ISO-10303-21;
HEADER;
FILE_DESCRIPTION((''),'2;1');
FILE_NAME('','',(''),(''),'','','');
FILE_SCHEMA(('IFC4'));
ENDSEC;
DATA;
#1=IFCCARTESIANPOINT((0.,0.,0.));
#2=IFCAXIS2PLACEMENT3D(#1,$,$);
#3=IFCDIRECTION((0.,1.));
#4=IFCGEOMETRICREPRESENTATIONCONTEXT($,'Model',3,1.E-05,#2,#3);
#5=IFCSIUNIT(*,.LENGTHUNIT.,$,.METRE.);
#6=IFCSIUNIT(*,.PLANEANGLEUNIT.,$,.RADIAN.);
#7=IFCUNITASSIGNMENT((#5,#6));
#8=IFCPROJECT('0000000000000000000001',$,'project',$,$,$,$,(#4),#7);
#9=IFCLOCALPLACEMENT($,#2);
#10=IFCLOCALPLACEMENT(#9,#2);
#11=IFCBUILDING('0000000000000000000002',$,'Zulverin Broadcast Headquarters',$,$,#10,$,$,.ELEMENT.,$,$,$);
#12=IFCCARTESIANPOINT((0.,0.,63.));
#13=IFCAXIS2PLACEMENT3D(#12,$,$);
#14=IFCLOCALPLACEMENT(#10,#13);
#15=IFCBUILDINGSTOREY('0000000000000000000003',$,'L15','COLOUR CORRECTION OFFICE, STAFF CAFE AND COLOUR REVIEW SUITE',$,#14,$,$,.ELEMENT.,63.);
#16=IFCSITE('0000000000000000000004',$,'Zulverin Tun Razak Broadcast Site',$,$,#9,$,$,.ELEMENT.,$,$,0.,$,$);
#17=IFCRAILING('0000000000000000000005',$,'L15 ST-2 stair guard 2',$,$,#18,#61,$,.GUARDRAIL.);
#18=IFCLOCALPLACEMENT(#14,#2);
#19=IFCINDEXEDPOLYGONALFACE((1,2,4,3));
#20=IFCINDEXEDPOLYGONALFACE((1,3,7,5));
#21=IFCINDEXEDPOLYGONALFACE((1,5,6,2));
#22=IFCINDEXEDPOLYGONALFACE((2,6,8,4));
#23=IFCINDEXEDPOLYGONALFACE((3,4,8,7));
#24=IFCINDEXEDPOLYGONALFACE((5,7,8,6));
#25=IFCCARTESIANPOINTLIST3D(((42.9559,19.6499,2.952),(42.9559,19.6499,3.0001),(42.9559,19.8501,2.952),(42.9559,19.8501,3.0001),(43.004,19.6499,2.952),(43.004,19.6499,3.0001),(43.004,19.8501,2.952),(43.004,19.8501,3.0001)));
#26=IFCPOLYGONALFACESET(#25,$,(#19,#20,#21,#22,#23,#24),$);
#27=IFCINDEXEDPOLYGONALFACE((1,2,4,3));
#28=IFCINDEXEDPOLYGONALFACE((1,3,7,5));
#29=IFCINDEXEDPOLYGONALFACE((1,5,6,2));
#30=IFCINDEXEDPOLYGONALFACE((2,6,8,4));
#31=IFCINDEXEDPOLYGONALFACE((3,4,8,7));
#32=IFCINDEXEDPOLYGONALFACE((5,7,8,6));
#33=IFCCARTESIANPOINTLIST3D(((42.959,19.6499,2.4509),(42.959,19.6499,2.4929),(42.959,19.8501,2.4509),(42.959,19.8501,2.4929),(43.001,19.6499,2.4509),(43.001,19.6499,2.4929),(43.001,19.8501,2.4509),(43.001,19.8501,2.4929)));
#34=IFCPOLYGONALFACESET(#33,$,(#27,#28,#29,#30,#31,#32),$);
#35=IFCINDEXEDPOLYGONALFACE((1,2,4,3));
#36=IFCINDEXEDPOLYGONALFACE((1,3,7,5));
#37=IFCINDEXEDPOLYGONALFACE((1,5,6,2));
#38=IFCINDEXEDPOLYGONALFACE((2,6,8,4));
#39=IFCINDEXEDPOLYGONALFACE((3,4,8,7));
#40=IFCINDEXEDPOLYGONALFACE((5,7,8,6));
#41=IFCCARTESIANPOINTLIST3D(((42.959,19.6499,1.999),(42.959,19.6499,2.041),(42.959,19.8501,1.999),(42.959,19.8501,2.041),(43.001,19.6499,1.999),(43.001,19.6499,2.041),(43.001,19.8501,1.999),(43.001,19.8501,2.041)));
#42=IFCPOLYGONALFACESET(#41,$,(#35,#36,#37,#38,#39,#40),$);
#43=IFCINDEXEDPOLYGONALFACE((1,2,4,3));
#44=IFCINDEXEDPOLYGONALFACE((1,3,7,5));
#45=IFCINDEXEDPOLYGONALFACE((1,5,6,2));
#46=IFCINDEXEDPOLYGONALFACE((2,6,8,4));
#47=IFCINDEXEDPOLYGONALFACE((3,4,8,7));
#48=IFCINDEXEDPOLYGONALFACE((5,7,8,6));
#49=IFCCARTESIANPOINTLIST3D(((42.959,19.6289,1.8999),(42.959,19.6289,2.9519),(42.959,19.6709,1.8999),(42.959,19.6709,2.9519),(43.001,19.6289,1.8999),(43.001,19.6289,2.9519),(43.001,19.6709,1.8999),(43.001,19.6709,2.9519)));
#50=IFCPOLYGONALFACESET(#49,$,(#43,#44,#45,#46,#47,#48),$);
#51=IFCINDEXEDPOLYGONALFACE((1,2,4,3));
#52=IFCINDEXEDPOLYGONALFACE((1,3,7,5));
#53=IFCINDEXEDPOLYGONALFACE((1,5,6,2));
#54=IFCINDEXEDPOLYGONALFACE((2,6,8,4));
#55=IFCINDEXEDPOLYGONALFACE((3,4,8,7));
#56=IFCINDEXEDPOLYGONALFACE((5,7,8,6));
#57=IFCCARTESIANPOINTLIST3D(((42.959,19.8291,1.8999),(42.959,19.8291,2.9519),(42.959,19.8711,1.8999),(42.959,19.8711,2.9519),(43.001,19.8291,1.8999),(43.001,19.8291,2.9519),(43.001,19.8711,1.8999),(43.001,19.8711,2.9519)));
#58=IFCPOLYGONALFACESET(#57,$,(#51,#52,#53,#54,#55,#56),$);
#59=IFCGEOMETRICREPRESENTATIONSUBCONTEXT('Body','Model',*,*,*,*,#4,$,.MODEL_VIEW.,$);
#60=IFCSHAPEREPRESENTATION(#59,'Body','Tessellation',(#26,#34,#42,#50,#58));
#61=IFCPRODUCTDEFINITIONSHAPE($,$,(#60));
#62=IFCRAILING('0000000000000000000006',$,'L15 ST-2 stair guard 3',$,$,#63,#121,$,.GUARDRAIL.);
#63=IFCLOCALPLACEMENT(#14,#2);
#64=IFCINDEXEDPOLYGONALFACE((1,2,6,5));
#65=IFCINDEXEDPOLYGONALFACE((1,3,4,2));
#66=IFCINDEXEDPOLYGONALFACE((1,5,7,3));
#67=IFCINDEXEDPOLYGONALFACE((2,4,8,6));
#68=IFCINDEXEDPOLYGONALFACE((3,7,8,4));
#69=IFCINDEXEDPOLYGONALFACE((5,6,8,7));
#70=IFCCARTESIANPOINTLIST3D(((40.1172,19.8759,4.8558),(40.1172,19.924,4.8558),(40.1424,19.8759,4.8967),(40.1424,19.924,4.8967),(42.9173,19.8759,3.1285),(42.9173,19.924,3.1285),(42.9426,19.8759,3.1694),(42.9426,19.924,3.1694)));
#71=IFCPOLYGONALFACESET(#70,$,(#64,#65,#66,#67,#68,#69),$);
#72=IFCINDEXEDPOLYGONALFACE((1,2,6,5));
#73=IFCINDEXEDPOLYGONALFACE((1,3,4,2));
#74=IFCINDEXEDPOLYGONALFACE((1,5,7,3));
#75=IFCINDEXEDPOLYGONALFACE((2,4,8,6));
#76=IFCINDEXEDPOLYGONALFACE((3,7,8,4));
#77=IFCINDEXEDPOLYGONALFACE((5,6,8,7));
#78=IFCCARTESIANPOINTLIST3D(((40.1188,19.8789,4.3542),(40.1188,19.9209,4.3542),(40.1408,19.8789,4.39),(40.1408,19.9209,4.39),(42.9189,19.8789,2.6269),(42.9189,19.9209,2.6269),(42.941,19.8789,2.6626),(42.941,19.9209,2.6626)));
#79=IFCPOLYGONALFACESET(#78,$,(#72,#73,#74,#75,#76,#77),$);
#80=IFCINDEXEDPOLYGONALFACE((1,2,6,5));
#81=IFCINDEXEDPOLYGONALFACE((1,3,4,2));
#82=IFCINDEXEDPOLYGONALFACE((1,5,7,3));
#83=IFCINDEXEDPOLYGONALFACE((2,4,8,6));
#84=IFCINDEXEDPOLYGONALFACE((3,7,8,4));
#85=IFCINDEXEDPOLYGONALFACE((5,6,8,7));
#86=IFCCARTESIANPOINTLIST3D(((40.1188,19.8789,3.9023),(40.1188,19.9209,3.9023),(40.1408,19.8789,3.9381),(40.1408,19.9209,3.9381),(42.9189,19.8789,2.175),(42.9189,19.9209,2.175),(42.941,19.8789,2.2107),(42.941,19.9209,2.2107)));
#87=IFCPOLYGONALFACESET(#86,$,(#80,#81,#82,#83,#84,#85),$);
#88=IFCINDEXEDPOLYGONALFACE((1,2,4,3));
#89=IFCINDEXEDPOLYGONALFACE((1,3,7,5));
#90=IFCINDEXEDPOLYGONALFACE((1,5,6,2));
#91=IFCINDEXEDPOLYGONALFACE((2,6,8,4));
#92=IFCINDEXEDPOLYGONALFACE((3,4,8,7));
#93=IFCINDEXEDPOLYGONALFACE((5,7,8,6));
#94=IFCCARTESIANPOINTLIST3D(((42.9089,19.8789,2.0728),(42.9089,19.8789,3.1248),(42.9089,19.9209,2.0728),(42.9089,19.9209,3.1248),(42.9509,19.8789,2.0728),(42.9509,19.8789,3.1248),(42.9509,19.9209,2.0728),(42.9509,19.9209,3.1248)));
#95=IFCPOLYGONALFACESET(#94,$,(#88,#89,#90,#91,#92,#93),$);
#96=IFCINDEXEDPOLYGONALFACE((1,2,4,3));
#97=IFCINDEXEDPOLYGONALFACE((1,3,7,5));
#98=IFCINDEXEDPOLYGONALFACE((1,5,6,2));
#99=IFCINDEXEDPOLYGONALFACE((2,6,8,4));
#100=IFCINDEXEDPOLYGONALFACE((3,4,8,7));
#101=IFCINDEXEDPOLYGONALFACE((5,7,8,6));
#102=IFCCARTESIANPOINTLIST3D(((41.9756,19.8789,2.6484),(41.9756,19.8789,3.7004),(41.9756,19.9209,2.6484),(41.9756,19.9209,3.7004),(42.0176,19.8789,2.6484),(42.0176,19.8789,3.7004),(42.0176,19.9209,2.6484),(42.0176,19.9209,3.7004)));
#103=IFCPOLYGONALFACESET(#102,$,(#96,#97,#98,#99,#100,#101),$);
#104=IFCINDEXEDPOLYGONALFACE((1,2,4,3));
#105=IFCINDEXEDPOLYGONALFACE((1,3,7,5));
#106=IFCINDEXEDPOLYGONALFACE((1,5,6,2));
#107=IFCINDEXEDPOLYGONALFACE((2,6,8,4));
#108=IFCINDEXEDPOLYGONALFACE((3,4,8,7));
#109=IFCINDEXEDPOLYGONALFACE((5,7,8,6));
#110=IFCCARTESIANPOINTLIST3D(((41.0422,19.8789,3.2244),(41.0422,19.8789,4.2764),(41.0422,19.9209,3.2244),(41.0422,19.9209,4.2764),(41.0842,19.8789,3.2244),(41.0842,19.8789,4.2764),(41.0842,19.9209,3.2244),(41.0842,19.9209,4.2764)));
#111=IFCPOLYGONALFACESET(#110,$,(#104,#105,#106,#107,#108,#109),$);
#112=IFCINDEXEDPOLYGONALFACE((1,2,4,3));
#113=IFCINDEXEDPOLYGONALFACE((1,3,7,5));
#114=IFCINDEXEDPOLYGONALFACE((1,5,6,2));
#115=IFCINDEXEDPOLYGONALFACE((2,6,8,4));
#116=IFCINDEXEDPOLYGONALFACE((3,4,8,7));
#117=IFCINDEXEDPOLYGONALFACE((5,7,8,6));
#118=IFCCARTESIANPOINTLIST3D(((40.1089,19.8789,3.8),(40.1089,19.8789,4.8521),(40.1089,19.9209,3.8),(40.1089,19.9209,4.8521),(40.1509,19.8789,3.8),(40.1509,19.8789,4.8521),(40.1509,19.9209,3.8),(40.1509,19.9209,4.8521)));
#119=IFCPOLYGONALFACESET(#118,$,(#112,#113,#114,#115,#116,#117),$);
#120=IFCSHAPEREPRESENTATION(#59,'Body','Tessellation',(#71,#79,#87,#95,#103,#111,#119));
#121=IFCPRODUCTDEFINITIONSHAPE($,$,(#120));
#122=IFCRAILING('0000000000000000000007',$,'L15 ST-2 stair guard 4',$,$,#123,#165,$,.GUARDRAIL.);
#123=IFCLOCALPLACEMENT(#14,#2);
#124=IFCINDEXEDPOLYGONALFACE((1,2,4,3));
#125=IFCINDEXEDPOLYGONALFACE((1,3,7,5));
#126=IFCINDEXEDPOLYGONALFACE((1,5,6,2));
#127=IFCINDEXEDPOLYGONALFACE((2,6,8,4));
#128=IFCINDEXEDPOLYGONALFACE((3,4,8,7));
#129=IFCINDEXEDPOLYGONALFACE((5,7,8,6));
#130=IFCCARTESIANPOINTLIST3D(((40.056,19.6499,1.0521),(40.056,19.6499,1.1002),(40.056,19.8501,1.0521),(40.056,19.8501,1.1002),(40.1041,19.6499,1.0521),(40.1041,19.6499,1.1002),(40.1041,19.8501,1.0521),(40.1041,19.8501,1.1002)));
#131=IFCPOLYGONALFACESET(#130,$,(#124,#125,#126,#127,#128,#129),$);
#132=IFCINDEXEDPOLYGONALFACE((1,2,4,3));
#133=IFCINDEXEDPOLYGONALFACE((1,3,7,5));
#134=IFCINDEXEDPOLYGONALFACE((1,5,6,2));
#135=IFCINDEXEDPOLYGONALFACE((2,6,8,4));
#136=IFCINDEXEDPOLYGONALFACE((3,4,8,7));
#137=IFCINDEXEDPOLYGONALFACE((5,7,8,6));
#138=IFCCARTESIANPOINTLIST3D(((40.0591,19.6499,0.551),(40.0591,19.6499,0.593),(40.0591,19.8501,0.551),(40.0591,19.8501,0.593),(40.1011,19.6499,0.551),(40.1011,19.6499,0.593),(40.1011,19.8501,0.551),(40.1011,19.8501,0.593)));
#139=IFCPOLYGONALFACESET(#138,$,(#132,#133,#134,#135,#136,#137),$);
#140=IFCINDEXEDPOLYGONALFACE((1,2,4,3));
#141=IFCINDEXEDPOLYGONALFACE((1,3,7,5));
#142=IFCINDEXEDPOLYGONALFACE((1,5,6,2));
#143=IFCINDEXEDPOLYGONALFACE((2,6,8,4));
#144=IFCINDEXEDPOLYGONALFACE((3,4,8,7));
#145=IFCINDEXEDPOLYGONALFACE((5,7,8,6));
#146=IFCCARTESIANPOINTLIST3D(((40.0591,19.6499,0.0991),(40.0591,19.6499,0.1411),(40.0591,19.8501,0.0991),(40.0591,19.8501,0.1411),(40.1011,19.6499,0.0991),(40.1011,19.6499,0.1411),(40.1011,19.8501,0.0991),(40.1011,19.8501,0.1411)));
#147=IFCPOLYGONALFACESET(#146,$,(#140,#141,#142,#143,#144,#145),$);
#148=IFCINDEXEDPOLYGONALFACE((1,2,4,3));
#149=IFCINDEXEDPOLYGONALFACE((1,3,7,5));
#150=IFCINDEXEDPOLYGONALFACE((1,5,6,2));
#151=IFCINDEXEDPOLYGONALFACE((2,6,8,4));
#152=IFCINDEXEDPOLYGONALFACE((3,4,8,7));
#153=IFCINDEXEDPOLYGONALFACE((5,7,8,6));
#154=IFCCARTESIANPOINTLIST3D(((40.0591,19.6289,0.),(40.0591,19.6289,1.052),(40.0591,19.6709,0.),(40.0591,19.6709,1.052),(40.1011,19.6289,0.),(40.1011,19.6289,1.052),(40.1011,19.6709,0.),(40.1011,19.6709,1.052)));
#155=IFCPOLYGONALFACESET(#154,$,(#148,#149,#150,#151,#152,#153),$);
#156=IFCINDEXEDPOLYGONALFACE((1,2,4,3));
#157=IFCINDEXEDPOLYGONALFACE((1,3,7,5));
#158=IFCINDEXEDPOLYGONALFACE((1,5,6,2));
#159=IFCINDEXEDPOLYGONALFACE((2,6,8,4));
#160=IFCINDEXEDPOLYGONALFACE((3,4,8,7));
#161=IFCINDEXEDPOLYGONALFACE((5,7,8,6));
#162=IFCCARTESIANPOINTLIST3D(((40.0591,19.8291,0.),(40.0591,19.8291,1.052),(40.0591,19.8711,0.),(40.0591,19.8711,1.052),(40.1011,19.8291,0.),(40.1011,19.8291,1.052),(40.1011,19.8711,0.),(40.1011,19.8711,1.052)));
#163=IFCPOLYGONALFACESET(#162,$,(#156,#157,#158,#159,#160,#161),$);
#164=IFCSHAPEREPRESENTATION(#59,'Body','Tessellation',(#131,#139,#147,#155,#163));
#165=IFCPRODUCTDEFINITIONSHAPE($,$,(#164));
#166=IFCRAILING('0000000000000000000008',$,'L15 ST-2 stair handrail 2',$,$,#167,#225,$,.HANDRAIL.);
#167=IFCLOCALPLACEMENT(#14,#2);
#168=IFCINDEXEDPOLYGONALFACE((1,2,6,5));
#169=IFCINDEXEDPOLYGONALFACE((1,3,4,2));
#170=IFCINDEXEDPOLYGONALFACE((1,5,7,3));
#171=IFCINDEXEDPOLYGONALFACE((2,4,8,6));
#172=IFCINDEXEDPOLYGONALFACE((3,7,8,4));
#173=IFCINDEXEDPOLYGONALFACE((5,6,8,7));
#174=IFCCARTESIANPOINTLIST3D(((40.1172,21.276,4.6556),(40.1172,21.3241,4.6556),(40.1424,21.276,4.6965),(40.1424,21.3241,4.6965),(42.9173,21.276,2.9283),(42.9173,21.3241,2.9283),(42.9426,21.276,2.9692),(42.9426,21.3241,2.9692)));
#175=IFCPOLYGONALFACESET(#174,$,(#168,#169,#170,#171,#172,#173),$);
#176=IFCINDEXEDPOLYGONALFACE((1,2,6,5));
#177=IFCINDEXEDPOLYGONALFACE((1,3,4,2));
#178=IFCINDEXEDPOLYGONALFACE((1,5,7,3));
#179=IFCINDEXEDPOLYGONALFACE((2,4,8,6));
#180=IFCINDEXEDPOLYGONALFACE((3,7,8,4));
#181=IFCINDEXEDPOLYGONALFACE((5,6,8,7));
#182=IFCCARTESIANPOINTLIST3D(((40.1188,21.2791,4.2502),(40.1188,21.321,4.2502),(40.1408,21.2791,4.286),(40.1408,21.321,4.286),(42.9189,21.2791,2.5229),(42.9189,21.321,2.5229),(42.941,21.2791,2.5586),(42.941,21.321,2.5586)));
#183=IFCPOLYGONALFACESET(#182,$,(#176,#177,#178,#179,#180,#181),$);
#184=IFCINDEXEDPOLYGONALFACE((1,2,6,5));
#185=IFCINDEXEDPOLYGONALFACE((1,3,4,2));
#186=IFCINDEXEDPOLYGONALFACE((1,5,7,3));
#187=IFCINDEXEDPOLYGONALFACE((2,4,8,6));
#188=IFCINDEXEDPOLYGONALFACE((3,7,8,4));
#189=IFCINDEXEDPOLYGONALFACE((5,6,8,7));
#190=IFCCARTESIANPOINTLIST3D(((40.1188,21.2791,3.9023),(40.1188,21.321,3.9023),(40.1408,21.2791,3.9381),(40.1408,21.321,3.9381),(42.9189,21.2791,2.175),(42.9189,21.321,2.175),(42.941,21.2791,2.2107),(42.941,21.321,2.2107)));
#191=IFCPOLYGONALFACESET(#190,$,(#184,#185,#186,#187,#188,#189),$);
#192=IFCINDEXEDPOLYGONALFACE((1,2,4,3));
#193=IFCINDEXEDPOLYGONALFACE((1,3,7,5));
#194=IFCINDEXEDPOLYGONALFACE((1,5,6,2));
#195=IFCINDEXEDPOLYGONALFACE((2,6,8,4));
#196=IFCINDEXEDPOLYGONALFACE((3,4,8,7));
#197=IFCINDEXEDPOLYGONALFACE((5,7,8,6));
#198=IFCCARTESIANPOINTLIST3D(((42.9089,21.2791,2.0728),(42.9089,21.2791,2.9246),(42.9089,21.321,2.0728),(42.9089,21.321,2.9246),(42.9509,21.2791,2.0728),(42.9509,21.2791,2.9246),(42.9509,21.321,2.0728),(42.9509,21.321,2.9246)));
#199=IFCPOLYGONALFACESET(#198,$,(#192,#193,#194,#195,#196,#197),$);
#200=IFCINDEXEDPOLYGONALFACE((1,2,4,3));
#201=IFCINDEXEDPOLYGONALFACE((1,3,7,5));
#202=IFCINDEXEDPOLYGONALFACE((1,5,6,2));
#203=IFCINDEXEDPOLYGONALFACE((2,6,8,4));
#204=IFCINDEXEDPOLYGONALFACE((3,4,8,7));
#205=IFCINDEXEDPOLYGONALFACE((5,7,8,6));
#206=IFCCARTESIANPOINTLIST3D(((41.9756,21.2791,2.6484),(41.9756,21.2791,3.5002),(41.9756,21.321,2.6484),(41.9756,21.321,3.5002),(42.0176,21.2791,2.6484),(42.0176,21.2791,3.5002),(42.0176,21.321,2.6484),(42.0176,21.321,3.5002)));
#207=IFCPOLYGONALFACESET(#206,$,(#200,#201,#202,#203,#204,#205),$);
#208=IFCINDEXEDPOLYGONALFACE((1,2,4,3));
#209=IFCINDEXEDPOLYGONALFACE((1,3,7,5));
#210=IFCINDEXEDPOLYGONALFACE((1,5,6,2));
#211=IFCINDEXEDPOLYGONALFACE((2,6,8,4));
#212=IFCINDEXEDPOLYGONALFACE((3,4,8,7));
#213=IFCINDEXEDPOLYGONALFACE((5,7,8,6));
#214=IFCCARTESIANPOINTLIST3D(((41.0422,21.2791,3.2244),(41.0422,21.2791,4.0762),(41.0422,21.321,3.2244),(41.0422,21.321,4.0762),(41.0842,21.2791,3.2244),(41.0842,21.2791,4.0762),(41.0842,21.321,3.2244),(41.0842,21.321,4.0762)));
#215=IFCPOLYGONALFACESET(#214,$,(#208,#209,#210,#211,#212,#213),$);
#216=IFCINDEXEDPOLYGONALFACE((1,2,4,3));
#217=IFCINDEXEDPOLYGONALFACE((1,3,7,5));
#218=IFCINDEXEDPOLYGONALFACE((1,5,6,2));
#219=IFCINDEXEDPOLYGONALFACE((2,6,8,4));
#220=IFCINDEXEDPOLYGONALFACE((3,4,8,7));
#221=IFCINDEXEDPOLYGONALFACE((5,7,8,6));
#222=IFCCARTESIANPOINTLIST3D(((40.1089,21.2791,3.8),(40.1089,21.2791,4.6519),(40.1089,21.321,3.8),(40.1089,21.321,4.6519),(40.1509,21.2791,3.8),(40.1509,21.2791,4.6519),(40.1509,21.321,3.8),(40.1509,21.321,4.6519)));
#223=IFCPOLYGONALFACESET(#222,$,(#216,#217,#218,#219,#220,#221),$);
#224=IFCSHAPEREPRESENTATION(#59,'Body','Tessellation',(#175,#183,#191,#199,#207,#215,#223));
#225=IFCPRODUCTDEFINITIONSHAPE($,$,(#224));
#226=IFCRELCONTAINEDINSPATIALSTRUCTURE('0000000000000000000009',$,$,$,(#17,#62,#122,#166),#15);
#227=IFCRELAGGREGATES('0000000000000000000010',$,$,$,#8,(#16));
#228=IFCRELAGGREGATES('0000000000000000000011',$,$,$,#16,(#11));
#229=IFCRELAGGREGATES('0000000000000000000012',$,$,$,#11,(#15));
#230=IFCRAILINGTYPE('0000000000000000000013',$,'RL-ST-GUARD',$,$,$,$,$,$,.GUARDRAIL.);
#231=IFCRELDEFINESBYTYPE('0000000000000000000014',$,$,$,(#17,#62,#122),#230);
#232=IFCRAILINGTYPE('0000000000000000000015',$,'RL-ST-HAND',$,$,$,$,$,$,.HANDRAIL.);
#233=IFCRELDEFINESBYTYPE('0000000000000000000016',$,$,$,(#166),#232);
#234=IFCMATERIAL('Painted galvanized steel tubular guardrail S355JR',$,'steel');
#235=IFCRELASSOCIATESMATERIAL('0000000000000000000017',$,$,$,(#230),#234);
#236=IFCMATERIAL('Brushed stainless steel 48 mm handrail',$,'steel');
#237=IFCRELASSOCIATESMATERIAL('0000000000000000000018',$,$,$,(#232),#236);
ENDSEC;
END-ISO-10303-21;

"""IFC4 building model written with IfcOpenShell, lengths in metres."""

from ifc_helpers import new_model, si_unit, direction, frame, origin, origin_2d, place, context, subcontext, project, spatial, rectangle, extrude, material, type_object, element, save


model = new_model("IFC4")

# Units and contexts
model_context = context("Model", 3, precision=1e-05, world=origin(), true_north=direction((0.0, 1.0)))
body_context = subcontext(model_context, "Body", "Model", "MODEL_VIEW")
ifc_project = project(units=[si_unit("LENGTHUNIT", "METRE"), si_unit("PLANEANGLEUNIT", "RADIAN")], contexts=[model_context])

# Site, building, storey
site_placement = place(None, origin())
site = spatial("IfcSite", under=ifc_project, at=site_placement, Name="Zulverin Tun Razak Broadcast Site", CompositionType="ELEMENT", RefElevation=0.0)
building_placement = place(site_placement, origin())
building = spatial("IfcBuilding", under=site, at=building_placement, Name="Zulverin Broadcast Headquarters", CompositionType="ELEMENT")
storey_placement = place(building_placement, frame((0.0, 0.0, 63.0)))
storey = spatial("IfcBuildingStorey", under=building, at=storey_placement, Name="L15", Description="COLOUR CORRECTION OFFICE, STAFF CAFE AND COLOUR REVIEW SUITE", CompositionType="ELEMENT", Elevation=63.0)

# Railings
ifc_material_1 = material(Name="Painted galvanized steel tubular guardrail S355JR", Category="steel")
railing_type_1 = type_object("IfcRailingType", Name="RL-ST-GUARD", PredefinedType="GUARDRAIL", material=ifc_material_1)
railing_1_placement = place(storey_placement, frame((42.98, 19.6499, 1.8999)))
element("IfcRailing", 1, at=railing_1_placement, inside=storey, type_object=railing_type_1, Name="L15 ST-2 stair guard 2", PredefinedType="GUARDRAIL", context=body_context, shape_type="SweptSolid", body=[
    extrude(rectangle(XDim=0.0481, YDim=0.0481, at=origin_2d()), frame((0.0, 0.0, 1.0762), z_axis=(0.0, 1.0, 0.0), x_axis=(-1.0, 0.0, 0.0)), (0.0, 0.0, 1.0), 0.2002),
    extrude(rectangle(XDim=0.042, YDim=0.042, at=origin_2d()), frame((0.0, 0.0, 0.572), z_axis=(0.0, 1.0, 0.0), x_axis=(-1.0, 0.0, 0.0)), (0.0, 0.0, 1.0), 0.2002),
    extrude(rectangle(XDim=0.042, YDim=0.042, at=origin_2d()), frame((0.0, 0.0, 0.1201), z_axis=(0.0, 1.0, 0.0), x_axis=(-1.0, 0.0, 0.0)), (0.0, 0.0, 1.0), 0.2002),
    extrude(rectangle(XDim=0.042, YDim=0.042, at=origin_2d()), origin(), (0.0, 0.0, 1.0), 1.052),
    extrude(rectangle(XDim=0.042, YDim=0.042, at=origin_2d()), frame((0.0, 0.2002, 0.0)), (0.0, 0.0, 1.0), 1.052),
])
railing_2_placement = place(storey_placement, frame((42.9299, 19.8999, 2.0728)))
element("IfcRailing", 2, at=railing_2_placement, inside=storey, type_object=railing_type_1, Name="L15 ST-2 stair guard 3", PredefinedType="GUARDRAIL", context=body_context, shape_type="SweptSolid", body=[
    extrude(rectangle(XDim=0.0481, YDim=0.0481, at=origin_2d()), frame((0.0, 0.0, 1.0762), z_axis=(-0.85109, 0.0, 0.52502), x_axis=(0.0, -1.0, 0.0)), (0.0, 0.0, 1.0), 3.29),
    extrude(rectangle(XDim=0.042, YDim=0.042, at=origin_2d()), frame((0.0, 0.0, 0.572), z_axis=(-0.85109, 0.0, 0.52502), x_axis=(0.0, -1.0, 0.0)), (0.0, 0.0, 1.0), 3.29),
    extrude(rectangle(XDim=0.042, YDim=0.042, at=origin_2d()), frame((0.0, 0.0, 0.1201), z_axis=(-0.85109, 0.0, 0.52502), x_axis=(0.0, -1.0, 0.0)), (0.0, 0.0, 1.0), 3.29),
    extrude(rectangle(XDim=0.042, YDim=0.042, at=origin_2d()), origin(), (0.0, 0.0, 1.0), 1.052),
    extrude(rectangle(XDim=0.042, YDim=0.042, at=origin_2d()), frame((-0.9333, 0.0, 0.5757)), (0.0, 0.0, 1.0), 1.052),
    extrude(rectangle(XDim=0.042, YDim=0.042, at=origin_2d()), frame((-1.8667, 0.0, 1.1516)), (0.0, 0.0, 1.0), 1.052),
    extrude(rectangle(XDim=0.042, YDim=0.042, at=origin_2d()), frame((-2.8, 0.0, 1.7273)), (0.0, 0.0, 1.0), 1.052),
])
railing_3_placement = place(storey_placement, frame((40.0801, 19.6499, 0.0)))
element("IfcRailing", 3, at=railing_3_placement, inside=storey, type_object=railing_type_1, Name="L15 ST-2 stair guard 4", PredefinedType="GUARDRAIL", context=body_context, shape_type="SweptSolid", body=[
    extrude(rectangle(XDim=0.0481, YDim=0.0481, at=origin_2d()), frame((0.0, 0.0, 1.0762), z_axis=(0.0, 1.0, 0.0), x_axis=(-1.0, 0.0, 0.0)), (0.0, 0.0, 1.0), 0.2002),
    extrude(rectangle(XDim=0.042, YDim=0.042, at=origin_2d()), frame((0.0, 0.0, 0.572), z_axis=(0.0, 1.0, 0.0), x_axis=(-1.0, 0.0, 0.0)), (0.0, 0.0, 1.0), 0.2002),
    extrude(rectangle(XDim=0.042, YDim=0.042, at=origin_2d()), frame((0.0, 0.0, 0.1201), z_axis=(0.0, 1.0, 0.0), x_axis=(-1.0, 0.0, 0.0)), (0.0, 0.0, 1.0), 0.2002),
    extrude(rectangle(XDim=0.042, YDim=0.042, at=origin_2d()), origin(), (0.0, 0.0, 1.0), 1.052),
    extrude(rectangle(XDim=0.042, YDim=0.042, at=origin_2d()), frame((0.0, 0.2002, 0.0)), (0.0, 0.0, 1.0), 1.052),
])
ifc_material_2 = material(Name="Brushed stainless steel 48 mm handrail", Category="steel")
railing_type_2 = type_object("IfcRailingType", Name="RL-ST-HAND", PredefinedType="HANDRAIL", material=ifc_material_2)
railing_4_placement = place(storey_placement, frame((42.9299, 21.3, 2.0728)))
element("IfcRailing", 4, at=railing_4_placement, inside=storey, type_object=railing_type_2, Name="L15 ST-2 stair handrail 2", PredefinedType="HANDRAIL", context=body_context, shape_type="SweptSolid", body=[
    extrude(rectangle(XDim=0.0481, YDim=0.0481, at=origin_2d()), frame((0.0, 0.0, 0.876), z_axis=(-0.85109, 0.0, 0.52502), x_axis=(0.0, -1.0, 0.0)), (0.0, 0.0, 1.0), 3.29),
    extrude(rectangle(XDim=0.042, YDim=0.042, at=origin_2d()), frame((0.0, 0.0, 0.468), z_axis=(-0.85109, 0.0, 0.52502), x_axis=(0.0, -1.0, 0.0)), (0.0, 0.0, 1.0), 3.29),
    extrude(rectangle(XDim=0.042, YDim=0.042, at=origin_2d()), frame((0.0, 0.0, 0.1201), z_axis=(-0.85109, 0.0, 0.52502), x_axis=(0.0, -1.0, 0.0)), (0.0, 0.0, 1.0), 3.29),
    extrude(rectangle(XDim=0.042, YDim=0.042, at=origin_2d()), origin(), (0.0, 0.0, 1.0), 0.8518),
    extrude(rectangle(XDim=0.042, YDim=0.042, at=origin_2d()), frame((-0.9333, 0.0, 0.5757)), (0.0, 0.0, 1.0), 0.8518),
    extrude(rectangle(XDim=0.042, YDim=0.042, at=origin_2d()), frame((-1.8667, 0.0, 1.1516)), (0.0, 0.0, 1.0), 0.8518),
    extrude(rectangle(XDim=0.042, YDim=0.042, at=origin_2d()), frame((-2.8, 0.0, 1.7273)), (0.0, 0.0, 1.0), 0.8518),
])

save(model, "model.ifc")
